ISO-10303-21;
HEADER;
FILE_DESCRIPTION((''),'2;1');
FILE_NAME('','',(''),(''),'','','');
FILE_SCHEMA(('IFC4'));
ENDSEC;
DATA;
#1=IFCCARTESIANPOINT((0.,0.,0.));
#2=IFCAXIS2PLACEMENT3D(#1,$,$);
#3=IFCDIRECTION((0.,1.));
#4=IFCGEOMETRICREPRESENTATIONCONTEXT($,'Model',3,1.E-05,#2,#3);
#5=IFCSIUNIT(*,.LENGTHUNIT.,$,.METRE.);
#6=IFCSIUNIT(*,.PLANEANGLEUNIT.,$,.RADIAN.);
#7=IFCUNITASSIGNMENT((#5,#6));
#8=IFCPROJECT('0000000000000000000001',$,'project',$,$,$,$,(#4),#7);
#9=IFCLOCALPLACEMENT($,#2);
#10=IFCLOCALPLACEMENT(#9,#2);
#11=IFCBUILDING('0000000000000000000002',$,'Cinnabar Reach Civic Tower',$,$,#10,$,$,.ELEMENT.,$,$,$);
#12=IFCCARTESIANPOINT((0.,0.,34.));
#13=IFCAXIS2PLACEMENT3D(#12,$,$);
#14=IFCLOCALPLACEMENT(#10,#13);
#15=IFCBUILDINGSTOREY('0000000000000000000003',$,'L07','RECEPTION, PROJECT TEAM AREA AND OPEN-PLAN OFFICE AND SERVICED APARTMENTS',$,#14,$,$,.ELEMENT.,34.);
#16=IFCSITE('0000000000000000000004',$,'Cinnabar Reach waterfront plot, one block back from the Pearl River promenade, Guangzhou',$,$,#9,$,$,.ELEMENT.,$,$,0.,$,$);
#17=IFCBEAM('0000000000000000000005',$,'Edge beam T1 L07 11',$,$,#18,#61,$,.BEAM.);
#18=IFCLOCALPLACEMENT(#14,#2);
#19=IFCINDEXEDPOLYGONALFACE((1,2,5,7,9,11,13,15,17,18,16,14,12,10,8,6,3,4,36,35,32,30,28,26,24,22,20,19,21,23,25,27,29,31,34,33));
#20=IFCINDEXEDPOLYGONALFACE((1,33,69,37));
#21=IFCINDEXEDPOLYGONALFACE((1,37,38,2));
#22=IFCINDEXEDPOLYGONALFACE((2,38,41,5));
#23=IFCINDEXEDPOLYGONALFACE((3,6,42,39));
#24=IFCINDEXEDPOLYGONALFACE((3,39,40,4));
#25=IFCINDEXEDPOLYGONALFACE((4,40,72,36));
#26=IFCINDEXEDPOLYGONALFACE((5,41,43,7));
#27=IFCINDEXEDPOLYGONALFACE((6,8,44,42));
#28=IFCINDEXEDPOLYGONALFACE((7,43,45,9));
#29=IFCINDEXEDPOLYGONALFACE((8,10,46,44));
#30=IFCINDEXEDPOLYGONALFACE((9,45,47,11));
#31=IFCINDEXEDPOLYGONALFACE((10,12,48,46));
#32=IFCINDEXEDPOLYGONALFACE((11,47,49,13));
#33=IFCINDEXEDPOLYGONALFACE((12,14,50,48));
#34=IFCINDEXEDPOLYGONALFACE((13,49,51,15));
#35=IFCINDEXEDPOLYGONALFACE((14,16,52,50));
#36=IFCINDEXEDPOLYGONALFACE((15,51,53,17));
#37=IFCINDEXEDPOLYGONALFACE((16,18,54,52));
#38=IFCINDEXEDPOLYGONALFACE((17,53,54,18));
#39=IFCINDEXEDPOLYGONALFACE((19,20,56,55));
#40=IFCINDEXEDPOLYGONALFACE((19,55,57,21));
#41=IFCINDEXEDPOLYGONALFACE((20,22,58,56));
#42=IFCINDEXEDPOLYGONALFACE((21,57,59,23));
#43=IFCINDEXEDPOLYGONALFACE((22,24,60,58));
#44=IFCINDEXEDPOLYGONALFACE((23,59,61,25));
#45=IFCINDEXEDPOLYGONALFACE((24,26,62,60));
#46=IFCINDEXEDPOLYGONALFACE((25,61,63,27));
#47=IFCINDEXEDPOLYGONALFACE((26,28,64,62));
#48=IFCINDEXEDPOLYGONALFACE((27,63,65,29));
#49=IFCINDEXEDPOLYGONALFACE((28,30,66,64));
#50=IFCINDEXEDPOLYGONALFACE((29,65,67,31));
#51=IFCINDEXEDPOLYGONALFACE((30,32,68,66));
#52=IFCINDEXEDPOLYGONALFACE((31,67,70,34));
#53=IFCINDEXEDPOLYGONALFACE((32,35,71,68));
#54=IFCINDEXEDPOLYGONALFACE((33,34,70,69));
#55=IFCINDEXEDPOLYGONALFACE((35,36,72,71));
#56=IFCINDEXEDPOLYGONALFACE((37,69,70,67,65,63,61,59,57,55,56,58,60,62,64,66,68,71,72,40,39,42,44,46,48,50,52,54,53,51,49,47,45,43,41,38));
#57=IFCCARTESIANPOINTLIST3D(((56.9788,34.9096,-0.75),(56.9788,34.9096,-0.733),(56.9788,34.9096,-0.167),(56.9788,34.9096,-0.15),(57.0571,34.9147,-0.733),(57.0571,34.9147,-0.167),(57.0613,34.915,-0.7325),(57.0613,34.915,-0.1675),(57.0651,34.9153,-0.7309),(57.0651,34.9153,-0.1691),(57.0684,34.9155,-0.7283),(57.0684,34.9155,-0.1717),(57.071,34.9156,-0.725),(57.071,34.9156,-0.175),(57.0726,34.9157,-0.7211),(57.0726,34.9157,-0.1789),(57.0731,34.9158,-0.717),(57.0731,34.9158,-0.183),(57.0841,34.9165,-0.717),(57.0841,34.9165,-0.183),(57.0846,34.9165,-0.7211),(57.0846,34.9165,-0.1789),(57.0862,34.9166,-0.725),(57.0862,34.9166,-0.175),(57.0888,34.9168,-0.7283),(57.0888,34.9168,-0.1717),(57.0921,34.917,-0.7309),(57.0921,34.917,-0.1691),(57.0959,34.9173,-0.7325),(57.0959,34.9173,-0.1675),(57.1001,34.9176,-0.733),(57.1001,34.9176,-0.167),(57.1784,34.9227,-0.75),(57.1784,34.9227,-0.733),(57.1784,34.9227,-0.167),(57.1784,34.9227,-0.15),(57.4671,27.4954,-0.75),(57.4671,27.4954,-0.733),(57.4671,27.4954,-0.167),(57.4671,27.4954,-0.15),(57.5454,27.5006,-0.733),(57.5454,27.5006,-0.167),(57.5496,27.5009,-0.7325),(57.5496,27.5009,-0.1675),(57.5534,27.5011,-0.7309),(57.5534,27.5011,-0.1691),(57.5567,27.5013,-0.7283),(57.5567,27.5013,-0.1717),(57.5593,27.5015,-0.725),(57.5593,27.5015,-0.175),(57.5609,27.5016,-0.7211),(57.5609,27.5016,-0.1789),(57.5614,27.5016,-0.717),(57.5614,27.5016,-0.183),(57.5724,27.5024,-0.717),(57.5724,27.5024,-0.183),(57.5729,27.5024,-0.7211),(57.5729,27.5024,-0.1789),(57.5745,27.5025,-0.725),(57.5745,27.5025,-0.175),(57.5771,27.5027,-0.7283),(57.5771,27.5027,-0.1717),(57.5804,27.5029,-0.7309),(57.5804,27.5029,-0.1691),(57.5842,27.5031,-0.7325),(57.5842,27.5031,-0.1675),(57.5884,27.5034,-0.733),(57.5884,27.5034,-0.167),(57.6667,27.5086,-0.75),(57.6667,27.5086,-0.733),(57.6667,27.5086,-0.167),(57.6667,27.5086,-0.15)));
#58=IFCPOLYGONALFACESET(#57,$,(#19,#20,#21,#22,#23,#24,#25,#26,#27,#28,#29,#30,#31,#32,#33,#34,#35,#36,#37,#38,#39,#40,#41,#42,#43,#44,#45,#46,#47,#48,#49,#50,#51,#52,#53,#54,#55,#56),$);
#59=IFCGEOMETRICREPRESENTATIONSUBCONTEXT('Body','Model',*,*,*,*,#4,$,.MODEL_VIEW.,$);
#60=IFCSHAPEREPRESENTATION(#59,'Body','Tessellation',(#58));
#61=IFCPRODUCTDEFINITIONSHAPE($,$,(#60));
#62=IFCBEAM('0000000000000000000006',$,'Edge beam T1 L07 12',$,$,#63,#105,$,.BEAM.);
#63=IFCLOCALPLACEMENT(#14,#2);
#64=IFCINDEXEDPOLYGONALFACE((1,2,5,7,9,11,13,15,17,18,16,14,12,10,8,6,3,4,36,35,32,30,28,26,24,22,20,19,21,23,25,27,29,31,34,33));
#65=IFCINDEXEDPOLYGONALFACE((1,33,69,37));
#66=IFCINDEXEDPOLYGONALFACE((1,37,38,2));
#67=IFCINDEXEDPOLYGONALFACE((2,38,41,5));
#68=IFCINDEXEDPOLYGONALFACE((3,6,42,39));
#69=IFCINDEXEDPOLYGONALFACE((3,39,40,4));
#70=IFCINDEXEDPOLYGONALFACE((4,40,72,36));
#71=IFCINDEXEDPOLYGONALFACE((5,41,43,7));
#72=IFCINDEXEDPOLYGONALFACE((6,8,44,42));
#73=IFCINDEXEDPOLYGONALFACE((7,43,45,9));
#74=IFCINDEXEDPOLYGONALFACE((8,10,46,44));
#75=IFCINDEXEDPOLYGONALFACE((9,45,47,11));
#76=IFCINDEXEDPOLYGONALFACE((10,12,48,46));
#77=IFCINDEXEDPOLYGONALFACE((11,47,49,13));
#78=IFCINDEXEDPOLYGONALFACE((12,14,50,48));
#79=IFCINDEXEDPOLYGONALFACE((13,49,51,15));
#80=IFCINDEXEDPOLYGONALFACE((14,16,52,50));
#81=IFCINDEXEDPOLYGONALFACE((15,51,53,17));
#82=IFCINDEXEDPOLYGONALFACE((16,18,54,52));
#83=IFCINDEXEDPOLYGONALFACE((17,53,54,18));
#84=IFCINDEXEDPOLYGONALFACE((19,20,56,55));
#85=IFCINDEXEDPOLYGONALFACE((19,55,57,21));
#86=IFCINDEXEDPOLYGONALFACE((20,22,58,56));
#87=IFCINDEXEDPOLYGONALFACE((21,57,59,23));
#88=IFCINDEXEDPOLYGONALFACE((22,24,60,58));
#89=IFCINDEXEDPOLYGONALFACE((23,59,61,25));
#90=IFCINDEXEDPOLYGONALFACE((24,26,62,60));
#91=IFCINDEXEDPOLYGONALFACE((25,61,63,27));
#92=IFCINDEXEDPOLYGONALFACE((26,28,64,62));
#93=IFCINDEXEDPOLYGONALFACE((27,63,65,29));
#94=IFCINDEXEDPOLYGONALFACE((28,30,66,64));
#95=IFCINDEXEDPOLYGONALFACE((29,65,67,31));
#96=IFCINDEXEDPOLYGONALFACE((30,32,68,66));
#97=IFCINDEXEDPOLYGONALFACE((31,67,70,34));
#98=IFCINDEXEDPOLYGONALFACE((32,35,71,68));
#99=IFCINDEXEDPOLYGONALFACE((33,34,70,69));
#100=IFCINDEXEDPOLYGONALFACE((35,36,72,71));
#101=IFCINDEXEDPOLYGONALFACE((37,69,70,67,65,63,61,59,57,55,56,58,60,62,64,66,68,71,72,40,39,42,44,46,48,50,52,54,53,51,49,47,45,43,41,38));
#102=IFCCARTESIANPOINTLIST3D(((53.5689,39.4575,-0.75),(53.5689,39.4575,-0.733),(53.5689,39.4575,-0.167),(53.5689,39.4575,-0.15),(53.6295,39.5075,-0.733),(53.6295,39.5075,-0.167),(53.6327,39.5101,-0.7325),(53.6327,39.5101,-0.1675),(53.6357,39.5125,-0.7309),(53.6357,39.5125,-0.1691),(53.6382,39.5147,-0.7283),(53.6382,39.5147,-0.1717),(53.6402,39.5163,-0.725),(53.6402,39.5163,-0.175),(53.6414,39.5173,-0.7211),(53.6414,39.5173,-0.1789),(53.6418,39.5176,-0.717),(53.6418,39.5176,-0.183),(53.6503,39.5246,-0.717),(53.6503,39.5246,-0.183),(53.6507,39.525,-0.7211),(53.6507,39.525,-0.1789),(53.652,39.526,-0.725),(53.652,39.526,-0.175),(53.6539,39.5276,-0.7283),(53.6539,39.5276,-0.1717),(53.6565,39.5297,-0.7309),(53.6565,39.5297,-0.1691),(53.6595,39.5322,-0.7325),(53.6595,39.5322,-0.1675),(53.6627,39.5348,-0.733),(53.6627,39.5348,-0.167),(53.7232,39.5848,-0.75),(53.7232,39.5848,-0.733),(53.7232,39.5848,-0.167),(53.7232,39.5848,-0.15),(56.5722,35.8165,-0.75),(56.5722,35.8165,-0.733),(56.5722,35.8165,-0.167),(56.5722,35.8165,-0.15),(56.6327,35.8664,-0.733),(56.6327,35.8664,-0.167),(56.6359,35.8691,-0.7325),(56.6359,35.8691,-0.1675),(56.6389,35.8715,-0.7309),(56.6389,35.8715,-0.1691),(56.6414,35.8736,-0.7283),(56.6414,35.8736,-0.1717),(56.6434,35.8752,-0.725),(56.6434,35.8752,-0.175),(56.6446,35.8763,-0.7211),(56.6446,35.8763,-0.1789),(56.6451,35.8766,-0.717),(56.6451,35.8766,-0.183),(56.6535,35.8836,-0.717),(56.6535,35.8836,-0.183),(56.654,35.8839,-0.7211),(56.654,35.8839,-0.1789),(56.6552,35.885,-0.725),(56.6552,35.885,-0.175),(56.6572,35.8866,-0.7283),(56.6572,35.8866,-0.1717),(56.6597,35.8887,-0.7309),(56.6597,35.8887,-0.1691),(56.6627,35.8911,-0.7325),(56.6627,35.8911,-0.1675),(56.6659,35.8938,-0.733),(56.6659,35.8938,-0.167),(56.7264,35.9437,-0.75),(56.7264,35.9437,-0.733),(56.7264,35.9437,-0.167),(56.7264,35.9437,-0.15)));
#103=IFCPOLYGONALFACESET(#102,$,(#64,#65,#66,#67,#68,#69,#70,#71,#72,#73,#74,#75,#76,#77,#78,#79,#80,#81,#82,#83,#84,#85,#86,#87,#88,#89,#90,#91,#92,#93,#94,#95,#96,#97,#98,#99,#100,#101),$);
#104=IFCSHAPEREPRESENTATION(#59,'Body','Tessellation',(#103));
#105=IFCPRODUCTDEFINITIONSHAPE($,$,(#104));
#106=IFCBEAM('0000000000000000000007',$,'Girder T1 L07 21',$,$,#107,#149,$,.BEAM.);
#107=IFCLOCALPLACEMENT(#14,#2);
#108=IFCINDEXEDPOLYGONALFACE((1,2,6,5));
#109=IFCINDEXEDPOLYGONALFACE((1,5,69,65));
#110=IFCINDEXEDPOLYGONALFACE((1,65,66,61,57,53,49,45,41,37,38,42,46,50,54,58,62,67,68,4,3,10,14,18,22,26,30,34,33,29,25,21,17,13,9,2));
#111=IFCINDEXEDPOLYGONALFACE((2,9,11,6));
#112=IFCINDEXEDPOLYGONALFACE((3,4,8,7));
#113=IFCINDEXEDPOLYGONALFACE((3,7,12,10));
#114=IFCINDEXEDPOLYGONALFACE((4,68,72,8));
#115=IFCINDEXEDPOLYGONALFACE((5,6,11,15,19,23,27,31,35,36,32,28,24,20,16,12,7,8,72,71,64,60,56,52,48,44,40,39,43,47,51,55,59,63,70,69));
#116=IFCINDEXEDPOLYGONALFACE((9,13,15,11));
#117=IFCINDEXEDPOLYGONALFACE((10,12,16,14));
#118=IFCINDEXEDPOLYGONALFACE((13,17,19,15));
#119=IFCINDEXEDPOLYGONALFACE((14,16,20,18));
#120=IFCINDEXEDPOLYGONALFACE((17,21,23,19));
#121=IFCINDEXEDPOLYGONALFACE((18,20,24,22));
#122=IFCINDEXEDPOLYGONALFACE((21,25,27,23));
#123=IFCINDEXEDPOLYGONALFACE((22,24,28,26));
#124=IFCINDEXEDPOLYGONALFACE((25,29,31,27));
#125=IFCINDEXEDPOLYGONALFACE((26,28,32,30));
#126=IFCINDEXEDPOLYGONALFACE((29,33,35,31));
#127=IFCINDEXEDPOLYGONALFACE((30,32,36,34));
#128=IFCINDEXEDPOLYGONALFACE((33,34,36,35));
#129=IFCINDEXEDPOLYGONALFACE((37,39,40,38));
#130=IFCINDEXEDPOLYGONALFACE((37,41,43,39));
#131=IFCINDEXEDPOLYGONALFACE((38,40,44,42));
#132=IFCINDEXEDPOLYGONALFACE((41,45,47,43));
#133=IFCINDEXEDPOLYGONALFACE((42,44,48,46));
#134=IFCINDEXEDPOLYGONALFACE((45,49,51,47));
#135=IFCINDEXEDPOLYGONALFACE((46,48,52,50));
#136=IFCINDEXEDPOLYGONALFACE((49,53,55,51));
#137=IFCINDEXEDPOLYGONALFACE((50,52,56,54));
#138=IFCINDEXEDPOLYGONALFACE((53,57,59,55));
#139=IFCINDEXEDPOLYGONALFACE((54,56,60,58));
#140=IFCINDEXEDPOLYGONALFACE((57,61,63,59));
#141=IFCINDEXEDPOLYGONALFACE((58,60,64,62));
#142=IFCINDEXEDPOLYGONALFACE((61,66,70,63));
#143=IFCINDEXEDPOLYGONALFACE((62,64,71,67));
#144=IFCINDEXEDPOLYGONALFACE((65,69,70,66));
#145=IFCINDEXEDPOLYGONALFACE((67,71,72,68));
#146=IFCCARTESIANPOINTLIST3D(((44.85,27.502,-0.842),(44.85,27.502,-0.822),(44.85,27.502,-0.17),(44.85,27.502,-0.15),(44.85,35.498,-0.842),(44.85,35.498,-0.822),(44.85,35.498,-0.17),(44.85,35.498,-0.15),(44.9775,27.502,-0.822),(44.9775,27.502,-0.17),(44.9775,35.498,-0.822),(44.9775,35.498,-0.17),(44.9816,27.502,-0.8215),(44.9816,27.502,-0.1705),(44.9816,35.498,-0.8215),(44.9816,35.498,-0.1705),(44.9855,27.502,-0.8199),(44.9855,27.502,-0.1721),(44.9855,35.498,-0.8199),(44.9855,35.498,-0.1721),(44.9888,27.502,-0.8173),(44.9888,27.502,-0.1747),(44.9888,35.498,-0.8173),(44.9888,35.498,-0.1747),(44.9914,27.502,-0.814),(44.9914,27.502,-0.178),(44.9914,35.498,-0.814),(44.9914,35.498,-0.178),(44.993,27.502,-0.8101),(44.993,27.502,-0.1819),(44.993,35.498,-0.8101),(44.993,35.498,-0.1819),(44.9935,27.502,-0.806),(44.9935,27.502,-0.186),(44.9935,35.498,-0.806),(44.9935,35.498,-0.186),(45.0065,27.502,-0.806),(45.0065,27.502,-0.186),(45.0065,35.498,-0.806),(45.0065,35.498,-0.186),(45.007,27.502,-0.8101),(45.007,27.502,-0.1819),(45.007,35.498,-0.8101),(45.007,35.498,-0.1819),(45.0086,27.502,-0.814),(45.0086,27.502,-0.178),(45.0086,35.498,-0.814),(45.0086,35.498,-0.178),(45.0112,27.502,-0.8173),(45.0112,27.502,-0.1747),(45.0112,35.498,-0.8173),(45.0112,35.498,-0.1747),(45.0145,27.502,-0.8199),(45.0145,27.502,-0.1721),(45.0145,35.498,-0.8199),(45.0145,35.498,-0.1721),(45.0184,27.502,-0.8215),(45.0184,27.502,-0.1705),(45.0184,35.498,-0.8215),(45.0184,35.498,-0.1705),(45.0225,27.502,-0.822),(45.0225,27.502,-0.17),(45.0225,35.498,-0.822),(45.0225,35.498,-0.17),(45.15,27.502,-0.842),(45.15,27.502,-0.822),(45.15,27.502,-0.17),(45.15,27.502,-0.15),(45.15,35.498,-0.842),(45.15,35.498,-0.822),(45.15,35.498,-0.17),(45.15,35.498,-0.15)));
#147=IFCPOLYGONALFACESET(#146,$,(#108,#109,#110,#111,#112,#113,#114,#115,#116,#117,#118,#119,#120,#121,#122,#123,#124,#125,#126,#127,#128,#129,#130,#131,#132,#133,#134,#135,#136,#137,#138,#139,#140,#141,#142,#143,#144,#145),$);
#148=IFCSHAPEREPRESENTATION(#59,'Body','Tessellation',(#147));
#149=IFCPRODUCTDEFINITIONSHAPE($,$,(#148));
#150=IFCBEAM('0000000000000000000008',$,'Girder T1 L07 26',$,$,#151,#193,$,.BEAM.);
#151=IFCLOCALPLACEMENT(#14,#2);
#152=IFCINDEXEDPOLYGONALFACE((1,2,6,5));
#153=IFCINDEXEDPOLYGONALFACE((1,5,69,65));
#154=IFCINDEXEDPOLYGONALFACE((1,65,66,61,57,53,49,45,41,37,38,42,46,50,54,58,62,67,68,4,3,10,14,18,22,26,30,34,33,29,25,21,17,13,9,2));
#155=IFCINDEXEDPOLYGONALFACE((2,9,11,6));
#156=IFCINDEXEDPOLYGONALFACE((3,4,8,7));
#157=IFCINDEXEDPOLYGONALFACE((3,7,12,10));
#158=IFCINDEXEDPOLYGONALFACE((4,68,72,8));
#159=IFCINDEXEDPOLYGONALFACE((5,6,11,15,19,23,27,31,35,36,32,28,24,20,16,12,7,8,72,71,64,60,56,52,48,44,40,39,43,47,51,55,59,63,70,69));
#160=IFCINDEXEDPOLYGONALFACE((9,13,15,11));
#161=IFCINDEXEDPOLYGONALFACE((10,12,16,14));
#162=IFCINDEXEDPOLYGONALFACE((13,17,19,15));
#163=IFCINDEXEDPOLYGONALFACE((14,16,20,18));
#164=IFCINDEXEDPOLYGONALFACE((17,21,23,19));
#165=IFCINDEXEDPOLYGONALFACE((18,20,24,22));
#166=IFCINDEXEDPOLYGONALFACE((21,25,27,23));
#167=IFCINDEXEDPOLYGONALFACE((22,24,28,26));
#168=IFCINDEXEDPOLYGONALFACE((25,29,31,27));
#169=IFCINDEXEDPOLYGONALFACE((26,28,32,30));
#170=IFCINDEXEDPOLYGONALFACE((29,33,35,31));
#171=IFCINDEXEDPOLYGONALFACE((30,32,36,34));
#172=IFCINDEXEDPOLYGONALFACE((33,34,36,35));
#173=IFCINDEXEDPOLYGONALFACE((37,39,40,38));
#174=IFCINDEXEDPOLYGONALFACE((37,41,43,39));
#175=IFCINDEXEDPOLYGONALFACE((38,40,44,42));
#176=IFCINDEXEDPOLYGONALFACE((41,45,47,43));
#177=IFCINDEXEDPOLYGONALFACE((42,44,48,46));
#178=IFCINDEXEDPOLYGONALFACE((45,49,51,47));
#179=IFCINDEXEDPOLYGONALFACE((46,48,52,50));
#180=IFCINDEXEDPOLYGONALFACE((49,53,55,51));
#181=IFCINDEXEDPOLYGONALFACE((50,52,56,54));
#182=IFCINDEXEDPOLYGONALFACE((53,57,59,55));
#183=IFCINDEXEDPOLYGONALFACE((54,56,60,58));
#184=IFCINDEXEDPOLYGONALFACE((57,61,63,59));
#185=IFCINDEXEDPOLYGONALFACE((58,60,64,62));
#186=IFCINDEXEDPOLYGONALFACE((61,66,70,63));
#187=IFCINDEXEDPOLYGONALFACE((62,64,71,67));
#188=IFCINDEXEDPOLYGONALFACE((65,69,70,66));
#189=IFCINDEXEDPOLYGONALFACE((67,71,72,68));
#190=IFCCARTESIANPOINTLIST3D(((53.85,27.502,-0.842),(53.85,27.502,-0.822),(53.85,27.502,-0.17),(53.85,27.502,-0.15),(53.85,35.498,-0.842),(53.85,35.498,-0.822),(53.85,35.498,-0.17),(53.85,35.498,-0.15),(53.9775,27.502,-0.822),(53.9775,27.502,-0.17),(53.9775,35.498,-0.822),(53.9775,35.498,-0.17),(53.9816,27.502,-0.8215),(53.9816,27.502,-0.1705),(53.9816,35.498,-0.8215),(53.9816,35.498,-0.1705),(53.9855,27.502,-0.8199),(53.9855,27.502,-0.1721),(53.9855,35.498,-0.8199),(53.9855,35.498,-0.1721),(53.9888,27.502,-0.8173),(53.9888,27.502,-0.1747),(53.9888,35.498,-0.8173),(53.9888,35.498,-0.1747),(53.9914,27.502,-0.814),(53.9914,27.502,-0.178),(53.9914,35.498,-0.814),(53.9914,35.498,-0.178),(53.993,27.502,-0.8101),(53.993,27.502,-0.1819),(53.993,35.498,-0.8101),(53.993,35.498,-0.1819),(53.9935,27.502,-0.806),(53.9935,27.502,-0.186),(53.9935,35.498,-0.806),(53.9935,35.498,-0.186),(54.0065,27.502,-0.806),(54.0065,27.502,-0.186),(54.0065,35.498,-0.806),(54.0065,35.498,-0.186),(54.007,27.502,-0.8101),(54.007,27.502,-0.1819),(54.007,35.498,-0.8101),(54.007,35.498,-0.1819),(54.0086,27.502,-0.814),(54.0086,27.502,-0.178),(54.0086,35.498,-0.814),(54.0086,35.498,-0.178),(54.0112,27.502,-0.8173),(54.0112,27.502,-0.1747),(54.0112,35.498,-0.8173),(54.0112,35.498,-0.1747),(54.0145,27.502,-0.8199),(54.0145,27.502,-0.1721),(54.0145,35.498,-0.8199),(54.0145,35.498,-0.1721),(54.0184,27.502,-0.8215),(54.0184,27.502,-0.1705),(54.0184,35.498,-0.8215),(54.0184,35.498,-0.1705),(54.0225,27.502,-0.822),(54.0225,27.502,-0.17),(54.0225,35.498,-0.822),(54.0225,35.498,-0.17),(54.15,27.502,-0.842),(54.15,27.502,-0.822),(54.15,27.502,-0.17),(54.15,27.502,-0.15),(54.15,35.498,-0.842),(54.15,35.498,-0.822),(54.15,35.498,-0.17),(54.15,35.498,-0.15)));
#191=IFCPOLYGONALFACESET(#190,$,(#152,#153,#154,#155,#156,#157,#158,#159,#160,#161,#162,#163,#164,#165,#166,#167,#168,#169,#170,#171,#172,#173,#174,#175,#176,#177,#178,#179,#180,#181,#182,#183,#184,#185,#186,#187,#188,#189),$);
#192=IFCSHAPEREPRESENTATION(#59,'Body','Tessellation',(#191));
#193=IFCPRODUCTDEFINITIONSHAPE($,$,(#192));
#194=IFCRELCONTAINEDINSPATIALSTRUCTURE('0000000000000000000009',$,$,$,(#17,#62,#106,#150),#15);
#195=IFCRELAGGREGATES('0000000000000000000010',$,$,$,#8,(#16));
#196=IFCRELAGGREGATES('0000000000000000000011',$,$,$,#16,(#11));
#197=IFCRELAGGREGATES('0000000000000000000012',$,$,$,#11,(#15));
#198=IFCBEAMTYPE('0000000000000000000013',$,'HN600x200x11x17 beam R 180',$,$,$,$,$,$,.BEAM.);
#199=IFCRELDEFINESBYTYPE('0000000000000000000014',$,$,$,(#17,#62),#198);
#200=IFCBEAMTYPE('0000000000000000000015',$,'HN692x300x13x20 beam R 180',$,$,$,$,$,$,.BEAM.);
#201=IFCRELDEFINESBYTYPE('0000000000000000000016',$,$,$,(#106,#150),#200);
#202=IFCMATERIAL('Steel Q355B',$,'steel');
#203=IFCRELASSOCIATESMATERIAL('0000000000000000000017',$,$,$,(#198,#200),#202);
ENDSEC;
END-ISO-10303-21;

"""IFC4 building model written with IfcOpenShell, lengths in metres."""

from ifc_helpers import new_model, si_unit, direction, frame, origin, origin_2d, place, context, subcontext, project, spatial, i_section, extrude, material, material_profile, profile_set, type_object, element, save


model = new_model("IFC4")

# Units and contexts
model_context = context("Model", 3, precision=1e-05, world=origin(), true_north=direction((0.0, 1.0)))
body_context = subcontext(model_context, "Body", "Model", "MODEL_VIEW")
ifc_project = project(units=[si_unit("LENGTHUNIT", "METRE"), si_unit("PLANEANGLEUNIT", "RADIAN")], contexts=[model_context])

# Site, building, storey
site_placement = place(None, origin())
site = spatial("IfcSite", under=ifc_project, at=site_placement, Name="Cinnabar Reach waterfront plot, one block back from the Pearl River promenade, Guangzhou", CompositionType="ELEMENT", RefElevation=0.0)
building_placement = place(site_placement, origin())
building = spatial("IfcBuilding", under=site, at=building_placement, Name="Cinnabar Reach Civic Tower", CompositionType="ELEMENT")
storey_placement = place(building_placement, frame((0.0, 0.0, 34.0)))
storey = spatial("IfcBuildingStorey", under=building, at=storey_placement, Name="L07", Description="RECEPTION, PROJECT TEAM AREA AND OPEN-PLAN OFFICE AND SERVICED APARTMENTS", CompositionType="ELEMENT", Elevation=34.0)

# Beams
ifc_material_1 = material(Name="Steel Q355B", Category="steel")
ifc_material_profile_1 = material_profile(ifc_material_1, i_section(OverallWidth=0.2, OverallDepth=0.6, WebThickness=0.011, FlangeThickness=0.017, FilletRadius=0.016, at=origin_2d()), Name="HN600x200x11x17")
ifc_profile_set_1 = profile_set([ifc_material_profile_1], Name="Steel Q355B")
beam_type_1 = type_object("IfcBeamType", Name="HN600x200x11x17 beam R 180", PredefinedType="BEAM", material=ifc_profile_set_1)
beam_1_placement = place(storey_placement, frame((57.5669, 27.502, -0.45), z_axis=(-0.065719, 0.997838, 0.0), x_axis=(-0.997838, -0.065719, 0.0)))
element("IfcBeam", 1, at=beam_1_placement, inside=storey, type_object=beam_type_1, Name="Edge beam T1 L07 11", PredefinedType="BEAM", context=body_context, shape_type="SweptSolid", body=[
    extrude(i_section(OverallWidth=0.2, OverallDepth=0.6, WebThickness=0.011, FlangeThickness=0.017, FilletRadius=0.016, at=origin_2d()), origin(), (0.0, 0.0, 1.0), 7.4302),
])
beam_2_placement = place(storey_placement, frame((56.6493, 35.8801, -0.45), z_axis=(-0.636304, 0.771438, 0.0), x_axis=(-0.771438, -0.636304, 0.0)))
element("IfcBeam", 2, at=beam_2_placement, inside=storey, type_object=beam_type_1, Name="Edge beam T1 L07 12", PredefinedType="BEAM", context=body_context, shape_type="SweptSolid", body=[
    extrude(i_section(OverallWidth=0.2, OverallDepth=0.6, WebThickness=0.011, FlangeThickness=0.017, FilletRadius=0.016, at=origin_2d()), origin(), (0.0, 0.0, 1.0), 4.7198),
])
ifc_material_profile_2 = material_profile(ifc_material_1, i_section(OverallWidth=0.3, OverallDepth=0.692, WebThickness=0.013, FlangeThickness=0.02, FilletRadius=0.016, at=origin_2d()), Name="HN692x300x13x20")
ifc_profile_set_2 = profile_set([ifc_material_profile_2], Name="Steel Q355B")
beam_type_2 = type_object("IfcBeamType", Name="HN692x300x13x20 beam R 180", PredefinedType="BEAM", material=ifc_profile_set_2)
for number, where, z_axis, x_axis, name in (
    (3, (45.0, 27.502, -0.496), (0.0, 1.0, 0.0), (-1.0, 0.0, 0.0), "Girder T1 L07 21"),
    (4, (54.0, 27.502, -0.496), (0.0, 1.0, 0.0), (-1.0, 0.0, 0.0), "Girder T1 L07 26"),
):
    element("IfcBeam", number, at=place(storey_placement, frame(where, z_axis=z_axis, x_axis=x_axis)), inside=storey, type_object=beam_type_2, Name=name, PredefinedType="BEAM", context=body_context, shape_type="SweptSolid", body=[
        extrude(i_section(OverallWidth=0.3, OverallDepth=0.692, WebThickness=0.013, FlangeThickness=0.02, FilletRadius=0.016, at=origin_2d()), origin(), (0.0, 0.0, 1.0), 7.996),
    ])

save(model, "model.ifc")
